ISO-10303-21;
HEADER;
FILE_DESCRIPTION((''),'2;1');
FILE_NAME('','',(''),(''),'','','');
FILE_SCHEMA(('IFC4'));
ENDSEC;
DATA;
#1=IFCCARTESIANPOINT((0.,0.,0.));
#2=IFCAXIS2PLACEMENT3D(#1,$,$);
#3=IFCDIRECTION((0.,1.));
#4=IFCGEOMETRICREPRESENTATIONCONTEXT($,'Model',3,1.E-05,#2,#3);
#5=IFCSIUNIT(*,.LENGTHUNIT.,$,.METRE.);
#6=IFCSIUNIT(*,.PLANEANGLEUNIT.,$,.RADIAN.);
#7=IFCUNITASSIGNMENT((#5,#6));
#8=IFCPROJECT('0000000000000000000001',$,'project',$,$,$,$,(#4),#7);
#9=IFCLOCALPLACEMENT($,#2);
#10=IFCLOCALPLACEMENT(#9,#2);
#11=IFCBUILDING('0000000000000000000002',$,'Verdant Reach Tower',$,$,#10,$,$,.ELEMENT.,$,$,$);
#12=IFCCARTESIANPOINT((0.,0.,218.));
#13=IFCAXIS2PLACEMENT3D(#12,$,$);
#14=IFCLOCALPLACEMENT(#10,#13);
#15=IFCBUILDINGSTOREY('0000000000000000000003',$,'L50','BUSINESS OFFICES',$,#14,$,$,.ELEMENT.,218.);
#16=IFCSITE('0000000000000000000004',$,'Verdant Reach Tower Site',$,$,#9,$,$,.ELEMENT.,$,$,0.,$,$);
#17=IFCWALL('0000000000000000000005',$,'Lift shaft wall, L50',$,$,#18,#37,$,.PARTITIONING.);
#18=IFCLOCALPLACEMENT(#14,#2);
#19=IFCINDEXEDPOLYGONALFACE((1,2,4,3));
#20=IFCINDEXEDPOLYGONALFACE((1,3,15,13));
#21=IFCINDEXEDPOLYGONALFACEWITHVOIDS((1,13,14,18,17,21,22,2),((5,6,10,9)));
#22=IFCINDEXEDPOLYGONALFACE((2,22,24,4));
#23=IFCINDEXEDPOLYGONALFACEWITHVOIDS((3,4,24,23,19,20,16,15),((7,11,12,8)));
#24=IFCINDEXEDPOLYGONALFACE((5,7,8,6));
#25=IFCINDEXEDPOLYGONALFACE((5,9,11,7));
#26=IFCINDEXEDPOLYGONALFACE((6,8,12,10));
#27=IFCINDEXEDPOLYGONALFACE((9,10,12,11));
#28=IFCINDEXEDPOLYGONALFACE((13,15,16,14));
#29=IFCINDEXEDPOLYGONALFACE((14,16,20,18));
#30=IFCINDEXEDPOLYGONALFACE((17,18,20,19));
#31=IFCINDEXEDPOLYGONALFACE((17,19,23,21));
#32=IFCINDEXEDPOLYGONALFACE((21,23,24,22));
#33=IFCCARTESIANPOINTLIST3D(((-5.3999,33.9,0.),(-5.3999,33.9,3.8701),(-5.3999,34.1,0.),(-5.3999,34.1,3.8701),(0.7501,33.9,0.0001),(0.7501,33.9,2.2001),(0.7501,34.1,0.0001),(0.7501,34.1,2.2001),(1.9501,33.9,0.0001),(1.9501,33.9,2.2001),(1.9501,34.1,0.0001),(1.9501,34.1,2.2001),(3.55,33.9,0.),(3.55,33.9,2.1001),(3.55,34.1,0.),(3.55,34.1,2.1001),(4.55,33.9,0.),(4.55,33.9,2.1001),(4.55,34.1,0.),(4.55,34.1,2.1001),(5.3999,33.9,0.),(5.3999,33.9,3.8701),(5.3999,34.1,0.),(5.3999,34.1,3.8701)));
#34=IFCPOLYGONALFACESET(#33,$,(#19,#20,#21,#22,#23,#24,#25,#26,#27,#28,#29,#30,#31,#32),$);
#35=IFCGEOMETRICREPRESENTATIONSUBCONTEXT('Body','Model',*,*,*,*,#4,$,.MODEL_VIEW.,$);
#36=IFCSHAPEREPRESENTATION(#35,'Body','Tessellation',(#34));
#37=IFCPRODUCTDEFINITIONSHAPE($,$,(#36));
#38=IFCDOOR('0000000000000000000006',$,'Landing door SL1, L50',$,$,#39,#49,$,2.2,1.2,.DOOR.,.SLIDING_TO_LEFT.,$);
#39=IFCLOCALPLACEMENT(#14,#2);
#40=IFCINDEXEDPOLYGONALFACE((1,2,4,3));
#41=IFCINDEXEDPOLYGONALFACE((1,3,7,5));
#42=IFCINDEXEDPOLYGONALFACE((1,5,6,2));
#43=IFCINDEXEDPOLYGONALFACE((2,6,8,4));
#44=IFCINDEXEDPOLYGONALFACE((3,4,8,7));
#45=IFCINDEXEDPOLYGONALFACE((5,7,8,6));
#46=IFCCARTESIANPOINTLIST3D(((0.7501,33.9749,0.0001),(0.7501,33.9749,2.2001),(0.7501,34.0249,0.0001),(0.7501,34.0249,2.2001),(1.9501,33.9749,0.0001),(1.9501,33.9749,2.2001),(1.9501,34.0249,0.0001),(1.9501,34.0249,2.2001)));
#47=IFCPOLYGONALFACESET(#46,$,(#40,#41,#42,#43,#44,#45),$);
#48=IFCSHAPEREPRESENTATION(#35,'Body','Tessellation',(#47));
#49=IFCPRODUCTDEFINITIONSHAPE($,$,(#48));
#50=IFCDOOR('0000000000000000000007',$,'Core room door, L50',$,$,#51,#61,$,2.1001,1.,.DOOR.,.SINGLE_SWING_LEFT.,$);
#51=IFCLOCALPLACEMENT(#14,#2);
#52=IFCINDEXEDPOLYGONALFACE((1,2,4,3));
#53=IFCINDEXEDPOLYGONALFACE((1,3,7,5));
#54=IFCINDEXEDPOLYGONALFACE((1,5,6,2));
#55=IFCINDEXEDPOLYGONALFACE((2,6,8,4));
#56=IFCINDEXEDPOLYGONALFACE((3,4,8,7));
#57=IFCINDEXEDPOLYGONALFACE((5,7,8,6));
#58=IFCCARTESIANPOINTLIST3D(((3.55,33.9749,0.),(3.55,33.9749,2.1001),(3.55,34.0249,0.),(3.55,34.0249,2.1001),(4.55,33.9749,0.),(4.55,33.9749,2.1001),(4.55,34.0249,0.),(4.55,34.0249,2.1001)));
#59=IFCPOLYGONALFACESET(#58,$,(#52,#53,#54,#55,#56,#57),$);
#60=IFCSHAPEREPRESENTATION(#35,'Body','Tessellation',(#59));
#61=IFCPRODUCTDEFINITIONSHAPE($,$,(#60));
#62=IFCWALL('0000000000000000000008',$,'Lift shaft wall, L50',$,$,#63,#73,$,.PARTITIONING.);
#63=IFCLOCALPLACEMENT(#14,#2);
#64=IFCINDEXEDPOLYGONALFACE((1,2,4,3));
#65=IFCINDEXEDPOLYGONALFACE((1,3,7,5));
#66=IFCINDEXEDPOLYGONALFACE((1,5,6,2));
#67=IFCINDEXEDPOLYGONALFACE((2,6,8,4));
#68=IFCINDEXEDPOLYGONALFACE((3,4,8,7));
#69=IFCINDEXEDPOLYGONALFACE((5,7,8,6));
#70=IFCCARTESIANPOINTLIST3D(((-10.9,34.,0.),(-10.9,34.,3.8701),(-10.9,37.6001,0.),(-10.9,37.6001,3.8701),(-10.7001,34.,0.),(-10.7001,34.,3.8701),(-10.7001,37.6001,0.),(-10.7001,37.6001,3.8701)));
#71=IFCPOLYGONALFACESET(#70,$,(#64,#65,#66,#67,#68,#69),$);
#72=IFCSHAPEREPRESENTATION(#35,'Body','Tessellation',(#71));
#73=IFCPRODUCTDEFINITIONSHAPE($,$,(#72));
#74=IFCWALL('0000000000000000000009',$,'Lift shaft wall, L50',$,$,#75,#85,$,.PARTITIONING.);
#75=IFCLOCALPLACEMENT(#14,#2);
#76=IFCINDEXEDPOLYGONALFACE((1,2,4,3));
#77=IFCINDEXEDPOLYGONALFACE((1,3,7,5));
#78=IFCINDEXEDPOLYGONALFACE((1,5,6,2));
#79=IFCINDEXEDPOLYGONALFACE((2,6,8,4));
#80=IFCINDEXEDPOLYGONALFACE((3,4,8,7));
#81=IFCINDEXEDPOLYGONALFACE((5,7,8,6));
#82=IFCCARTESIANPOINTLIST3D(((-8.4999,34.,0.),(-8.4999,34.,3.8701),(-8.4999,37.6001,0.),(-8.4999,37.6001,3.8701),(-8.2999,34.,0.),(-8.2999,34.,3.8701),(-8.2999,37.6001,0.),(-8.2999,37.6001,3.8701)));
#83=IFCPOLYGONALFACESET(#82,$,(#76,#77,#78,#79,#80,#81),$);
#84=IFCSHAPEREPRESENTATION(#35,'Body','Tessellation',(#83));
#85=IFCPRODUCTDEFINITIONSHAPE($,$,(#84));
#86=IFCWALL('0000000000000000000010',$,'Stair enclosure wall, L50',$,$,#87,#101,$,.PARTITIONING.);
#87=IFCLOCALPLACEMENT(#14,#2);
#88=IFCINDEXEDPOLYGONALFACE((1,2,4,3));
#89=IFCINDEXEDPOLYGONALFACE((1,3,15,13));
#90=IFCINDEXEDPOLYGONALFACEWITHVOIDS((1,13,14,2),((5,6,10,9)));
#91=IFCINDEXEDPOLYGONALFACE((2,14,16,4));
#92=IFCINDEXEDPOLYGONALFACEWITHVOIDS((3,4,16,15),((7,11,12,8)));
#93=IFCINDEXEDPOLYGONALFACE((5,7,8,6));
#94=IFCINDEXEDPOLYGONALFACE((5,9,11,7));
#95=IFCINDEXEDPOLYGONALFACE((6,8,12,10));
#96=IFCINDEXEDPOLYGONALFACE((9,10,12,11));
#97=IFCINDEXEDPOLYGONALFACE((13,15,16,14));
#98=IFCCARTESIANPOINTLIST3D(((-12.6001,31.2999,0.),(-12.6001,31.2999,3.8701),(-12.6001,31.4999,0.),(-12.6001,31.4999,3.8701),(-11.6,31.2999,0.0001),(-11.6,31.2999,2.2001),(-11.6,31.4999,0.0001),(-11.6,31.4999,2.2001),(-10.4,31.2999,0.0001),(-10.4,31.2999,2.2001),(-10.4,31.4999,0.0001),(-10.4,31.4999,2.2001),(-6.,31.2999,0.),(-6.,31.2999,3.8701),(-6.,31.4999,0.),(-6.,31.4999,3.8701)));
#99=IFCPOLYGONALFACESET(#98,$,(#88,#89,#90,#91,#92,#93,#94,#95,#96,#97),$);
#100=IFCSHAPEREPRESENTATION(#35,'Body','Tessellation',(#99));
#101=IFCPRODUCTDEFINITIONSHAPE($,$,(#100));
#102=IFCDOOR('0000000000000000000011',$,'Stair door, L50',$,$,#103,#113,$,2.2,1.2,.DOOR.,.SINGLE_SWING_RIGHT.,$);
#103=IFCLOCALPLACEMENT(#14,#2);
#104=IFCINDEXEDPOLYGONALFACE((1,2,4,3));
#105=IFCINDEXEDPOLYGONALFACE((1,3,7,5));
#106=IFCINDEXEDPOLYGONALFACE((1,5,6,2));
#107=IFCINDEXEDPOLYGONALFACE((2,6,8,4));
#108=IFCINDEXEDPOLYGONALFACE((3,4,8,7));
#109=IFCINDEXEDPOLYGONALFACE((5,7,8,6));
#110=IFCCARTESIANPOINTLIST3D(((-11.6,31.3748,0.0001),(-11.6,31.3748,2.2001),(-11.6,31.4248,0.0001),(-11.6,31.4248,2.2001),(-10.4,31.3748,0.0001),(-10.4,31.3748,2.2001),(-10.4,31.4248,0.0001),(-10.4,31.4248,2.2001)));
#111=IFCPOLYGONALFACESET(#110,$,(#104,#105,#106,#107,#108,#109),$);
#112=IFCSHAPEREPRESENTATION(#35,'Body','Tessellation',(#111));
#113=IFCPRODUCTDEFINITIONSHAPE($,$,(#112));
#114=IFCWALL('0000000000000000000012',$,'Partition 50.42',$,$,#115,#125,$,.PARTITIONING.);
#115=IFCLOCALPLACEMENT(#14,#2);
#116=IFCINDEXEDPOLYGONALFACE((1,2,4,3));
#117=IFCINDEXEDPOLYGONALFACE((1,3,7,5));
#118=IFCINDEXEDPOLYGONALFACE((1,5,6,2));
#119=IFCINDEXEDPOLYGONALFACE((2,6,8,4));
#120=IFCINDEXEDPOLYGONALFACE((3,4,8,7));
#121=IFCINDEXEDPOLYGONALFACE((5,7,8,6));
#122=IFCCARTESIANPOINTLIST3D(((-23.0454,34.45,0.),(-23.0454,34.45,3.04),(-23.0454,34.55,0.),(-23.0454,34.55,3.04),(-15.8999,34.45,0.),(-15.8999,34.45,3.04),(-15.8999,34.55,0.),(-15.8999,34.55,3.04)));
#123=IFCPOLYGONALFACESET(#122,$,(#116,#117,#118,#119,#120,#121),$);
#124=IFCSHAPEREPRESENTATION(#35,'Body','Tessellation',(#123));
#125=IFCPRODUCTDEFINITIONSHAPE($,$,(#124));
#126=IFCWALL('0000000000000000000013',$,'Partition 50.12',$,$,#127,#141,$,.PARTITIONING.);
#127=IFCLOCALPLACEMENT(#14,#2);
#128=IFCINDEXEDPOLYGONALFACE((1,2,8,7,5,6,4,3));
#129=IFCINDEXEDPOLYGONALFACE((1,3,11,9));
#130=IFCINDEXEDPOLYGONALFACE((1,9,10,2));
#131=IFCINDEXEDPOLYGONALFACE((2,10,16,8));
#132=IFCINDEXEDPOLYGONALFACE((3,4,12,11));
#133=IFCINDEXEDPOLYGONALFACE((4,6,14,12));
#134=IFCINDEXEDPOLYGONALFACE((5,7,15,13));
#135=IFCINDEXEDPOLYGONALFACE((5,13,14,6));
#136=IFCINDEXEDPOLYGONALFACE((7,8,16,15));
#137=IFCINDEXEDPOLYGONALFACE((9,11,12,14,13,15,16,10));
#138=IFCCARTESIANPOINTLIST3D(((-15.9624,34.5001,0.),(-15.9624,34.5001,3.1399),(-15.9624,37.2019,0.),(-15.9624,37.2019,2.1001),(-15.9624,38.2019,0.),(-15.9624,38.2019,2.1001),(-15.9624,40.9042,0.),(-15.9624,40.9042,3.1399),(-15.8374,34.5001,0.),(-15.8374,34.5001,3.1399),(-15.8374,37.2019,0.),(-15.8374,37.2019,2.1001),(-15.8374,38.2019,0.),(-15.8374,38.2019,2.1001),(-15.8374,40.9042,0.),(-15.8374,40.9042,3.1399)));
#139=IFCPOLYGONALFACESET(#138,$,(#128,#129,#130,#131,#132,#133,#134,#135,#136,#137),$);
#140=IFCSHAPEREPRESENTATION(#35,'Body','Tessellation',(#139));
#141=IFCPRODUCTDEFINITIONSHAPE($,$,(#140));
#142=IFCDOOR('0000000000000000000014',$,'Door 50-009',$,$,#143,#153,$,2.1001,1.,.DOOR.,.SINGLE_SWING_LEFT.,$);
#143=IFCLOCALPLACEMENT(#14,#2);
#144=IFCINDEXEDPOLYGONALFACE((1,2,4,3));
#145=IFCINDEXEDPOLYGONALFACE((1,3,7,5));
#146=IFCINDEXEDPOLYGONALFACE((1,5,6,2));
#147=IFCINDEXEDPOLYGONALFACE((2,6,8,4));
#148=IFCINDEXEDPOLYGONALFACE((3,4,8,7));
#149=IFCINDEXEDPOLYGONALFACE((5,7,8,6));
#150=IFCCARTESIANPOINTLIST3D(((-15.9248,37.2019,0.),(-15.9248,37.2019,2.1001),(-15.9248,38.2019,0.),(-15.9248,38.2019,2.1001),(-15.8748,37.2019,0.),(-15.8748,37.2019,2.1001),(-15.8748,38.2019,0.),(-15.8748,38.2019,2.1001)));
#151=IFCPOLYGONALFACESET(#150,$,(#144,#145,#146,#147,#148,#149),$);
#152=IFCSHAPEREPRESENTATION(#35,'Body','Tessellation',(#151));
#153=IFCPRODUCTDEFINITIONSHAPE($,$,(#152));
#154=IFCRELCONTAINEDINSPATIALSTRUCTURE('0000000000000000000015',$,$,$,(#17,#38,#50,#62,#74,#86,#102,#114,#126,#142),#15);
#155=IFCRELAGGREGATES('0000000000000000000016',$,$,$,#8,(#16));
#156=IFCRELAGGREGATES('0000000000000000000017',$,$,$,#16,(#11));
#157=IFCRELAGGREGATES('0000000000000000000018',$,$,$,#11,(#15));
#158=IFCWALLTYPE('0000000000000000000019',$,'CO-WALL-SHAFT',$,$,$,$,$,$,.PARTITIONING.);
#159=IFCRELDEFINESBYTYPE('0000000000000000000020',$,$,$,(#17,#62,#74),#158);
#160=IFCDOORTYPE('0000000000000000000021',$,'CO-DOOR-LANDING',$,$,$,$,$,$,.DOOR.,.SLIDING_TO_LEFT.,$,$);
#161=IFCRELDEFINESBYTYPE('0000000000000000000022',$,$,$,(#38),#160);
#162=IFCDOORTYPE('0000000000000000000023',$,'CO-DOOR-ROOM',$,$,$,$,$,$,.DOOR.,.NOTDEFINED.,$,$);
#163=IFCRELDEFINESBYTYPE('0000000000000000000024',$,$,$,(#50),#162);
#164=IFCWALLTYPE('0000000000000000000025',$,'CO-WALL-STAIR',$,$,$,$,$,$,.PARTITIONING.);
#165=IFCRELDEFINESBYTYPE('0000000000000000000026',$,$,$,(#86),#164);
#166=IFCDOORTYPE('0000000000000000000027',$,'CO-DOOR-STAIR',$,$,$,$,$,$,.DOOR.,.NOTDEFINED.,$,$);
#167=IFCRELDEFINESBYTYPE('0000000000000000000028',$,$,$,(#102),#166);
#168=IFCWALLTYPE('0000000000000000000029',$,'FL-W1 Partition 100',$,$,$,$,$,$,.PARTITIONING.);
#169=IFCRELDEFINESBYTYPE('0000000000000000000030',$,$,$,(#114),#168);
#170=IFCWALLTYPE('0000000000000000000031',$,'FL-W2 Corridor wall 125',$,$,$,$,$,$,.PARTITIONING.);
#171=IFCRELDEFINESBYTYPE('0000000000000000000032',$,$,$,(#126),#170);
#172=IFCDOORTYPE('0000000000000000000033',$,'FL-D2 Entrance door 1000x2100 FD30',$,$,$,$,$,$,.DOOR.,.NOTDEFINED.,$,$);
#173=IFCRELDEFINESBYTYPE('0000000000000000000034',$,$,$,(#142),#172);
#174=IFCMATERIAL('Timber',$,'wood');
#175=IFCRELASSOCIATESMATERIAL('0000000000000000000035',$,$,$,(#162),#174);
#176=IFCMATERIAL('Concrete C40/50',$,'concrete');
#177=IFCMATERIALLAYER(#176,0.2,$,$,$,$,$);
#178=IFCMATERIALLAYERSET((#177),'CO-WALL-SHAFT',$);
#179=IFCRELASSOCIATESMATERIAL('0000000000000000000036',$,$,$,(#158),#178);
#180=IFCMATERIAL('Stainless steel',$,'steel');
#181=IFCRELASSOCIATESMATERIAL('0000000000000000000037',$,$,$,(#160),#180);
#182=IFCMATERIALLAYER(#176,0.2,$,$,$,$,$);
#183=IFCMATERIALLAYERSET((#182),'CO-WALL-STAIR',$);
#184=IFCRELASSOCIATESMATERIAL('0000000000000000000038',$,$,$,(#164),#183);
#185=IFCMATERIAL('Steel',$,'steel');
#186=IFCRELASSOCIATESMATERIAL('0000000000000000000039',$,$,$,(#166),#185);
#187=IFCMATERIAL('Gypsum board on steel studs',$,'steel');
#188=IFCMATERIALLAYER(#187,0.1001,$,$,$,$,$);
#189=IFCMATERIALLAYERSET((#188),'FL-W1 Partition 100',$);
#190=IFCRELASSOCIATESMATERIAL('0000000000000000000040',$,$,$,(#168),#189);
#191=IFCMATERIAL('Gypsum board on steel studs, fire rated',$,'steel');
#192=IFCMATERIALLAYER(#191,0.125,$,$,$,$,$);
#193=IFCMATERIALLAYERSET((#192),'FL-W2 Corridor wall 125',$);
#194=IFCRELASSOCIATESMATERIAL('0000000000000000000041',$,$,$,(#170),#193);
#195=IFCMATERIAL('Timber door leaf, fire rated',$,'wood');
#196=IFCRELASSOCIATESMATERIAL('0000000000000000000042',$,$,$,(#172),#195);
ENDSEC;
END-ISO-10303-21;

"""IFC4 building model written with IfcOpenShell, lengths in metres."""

from ifc_helpers import new_model, si_unit, direction, frame, frame_2d, origin, place, context, subcontext, project, spatial, rectangle, extrude, material, layer, layer_set, type_object, element, fill, save


model = new_model("IFC4")

# Units and contexts
model_context = context("Model", 3, precision=1e-05, world=origin(), true_north=direction((0.0, 1.0)))
body_context = subcontext(model_context, "Body", "Model", "MODEL_VIEW")
ifc_project = project(units=[si_unit("LENGTHUNIT", "METRE"), si_unit("PLANEANGLEUNIT", "RADIAN")], contexts=[model_context])

# Site, building, storey
site_placement = place(None, origin())
site = spatial("IfcSite", under=ifc_project, at=site_placement, Name="Verdant Reach Tower Site", CompositionType="ELEMENT", RefElevation=0.0)
building_placement = place(site_placement, origin())
building = spatial("IfcBuilding", under=site, at=building_placement, Name="Verdant Reach Tower", CompositionType="ELEMENT")
storey_placement = place(building_placement, frame((0.0, 0.0, 218.0)))
storey = spatial("IfcBuildingStorey", under=building, at=storey_placement, Name="L50", Description="BUSINESS OFFICES", CompositionType="ELEMENT", Elevation=218.0)

# Wall, openings, doors
ifc_material_1 = material(Name="Gypsum board on steel studs", Category="steel")
ifc_material_2 = material(Name="Timber", Category="wood")
door_type_1 = type_object("IfcDoorType", Name="CO-DOOR-ROOM", OperationType="NOTDEFINED", PredefinedType="DOOR", material=ifc_material_2)
ifc_material_3 = material(Name="Concrete C40/50", Category="concrete")
ifc_layer_1 = layer(ifc_material_3, 0.2)
ifc_layer_set_1 = layer_set([ifc_layer_1], Name="CO-WALL-SHAFT")
wall_type_1 = type_object("IfcWallType", Name="CO-WALL-SHAFT", PredefinedType="PARTITIONING", material=ifc_layer_set_1)
ifc_material_4 = material(Name="Stainless steel", Category="steel")
ifc_material_5 = material(Name="Steel", Category="steel")
wall_1_placement = place(storey_placement, frame((-5.3999, 34.0, 0.0), z_axis=(0.0, 0.0, 1.0), x_axis=(1.0, 0.0, 0.0)))
wall_1 = element("IfcWall", 1, at=wall_1_placement, inside=storey, type_object=wall_type_1, Name="Lift shaft wall, L50", PredefinedType="PARTITIONING", context=body_context, shape_type="SweptSolid", body=[
    extrude(rectangle(XDim=10.7998, YDim=0.2, at=frame_2d((5.3999, 0.0))), origin(), (0.0, 0.0, 1.0), 3.8701),
])
opening_1_placement = place(wall_1_placement, frame((6.1499, 0.0, 0.0)))
opening_1 = element("IfcOpeningElement", 2, at=opening_1_placement, cuts=wall_1, PredefinedType="OPENING", context=body_context, shape_type="SweptSolid", body=[
    extrude(rectangle(XDim=1.2, YDim=2.2, at=frame_2d((0.6001, 1.1001))), frame((0.0, 0.1099, 0.0), z_axis=(0.0, -1.0, 0.0), x_axis=(1.0, 0.0, 0.0)), (0.0, 0.0, 1.0), 0.22),
])
opening_2_placement = place(wall_1_placement, frame((8.95, 0.0, 0.0)))
opening_2 = element("IfcOpeningElement", 3, at=opening_2_placement, cuts=wall_1, PredefinedType="OPENING", context=body_context, shape_type="SweptSolid", body=[
    extrude(rectangle(XDim=1.0, YDim=2.1001, at=frame_2d((0.5, 1.05))), frame((0.0, 0.1099, 0.0), z_axis=(0.0, -1.0, 0.0), x_axis=(1.0, 0.0, 0.0)), (0.0, 0.0, 1.0), 0.22),
])
door_type_2 = type_object("IfcDoorType", Name="CO-DOOR-LANDING", OperationType="SLIDING_TO_LEFT", PredefinedType="DOOR", material=ifc_material_4)
door_1_placement = place(opening_1_placement, origin())
door_1 = element("IfcDoor", 4, at=door_1_placement, inside=storey, type_object=door_type_2, Name="Landing door SL1, L50", OperationType="SLIDING_TO_LEFT", OverallHeight=2.2, OverallWidth=1.2, PredefinedType="DOOR", context=body_context, shape_type="SweptSolid", body=[
    extrude(rectangle(XDim=1.2, YDim=2.2, at=frame_2d((0.6001, 1.1001))), frame((0.0, 0.0249, 0.0), z_axis=(0.0, -1.0, 0.0), x_axis=(1.0, 0.0, 0.0)), (0.0, 0.0, 1.0), 0.05),
])
fill(opening_1, door_1)
door_2_placement = place(opening_2_placement, origin())
door_2 = element("IfcDoor", 5, at=door_2_placement, inside=storey, type_object=door_type_1, Name="Core room door, L50", OperationType="SINGLE_SWING_LEFT", OverallHeight=2.1001, OverallWidth=1.0, PredefinedType="DOOR", context=body_context, shape_type="SweptSolid", body=[
    extrude(rectangle(XDim=1.0, YDim=2.1001, at=frame_2d((0.5, 1.05))), frame((0.0, 0.0249, 0.0), z_axis=(0.0, -1.0, 0.0), x_axis=(1.0, 0.0, 0.0)), (0.0, 0.0, 1.0), 0.05),
])
fill(opening_2, door_2)

# Walls
for number, where, z_axis, x_axis, name in (
    (6, (-10.8, 34.0, 0.0), (0.0, 0.0, 1.0), (0.0, 1.0, 0.0), "Lift shaft wall, L50"),
    (7, (-8.3999, 34.0, 0.0), (0.0, 0.0, 1.0), (0.0, 1.0, 0.0), "Lift shaft wall, L50"),
):
    element("IfcWall", number, at=place(storey_placement, frame(where, z_axis=z_axis, x_axis=x_axis)), inside=storey, type_object=wall_type_1, Name=name, PredefinedType="PARTITIONING", context=body_context, shape_type="SweptSolid", body=[
        extrude(rectangle(XDim=3.6001, YDim=0.2, at=frame_2d((1.8, 0.0))), origin(), (0.0, 0.0, 1.0), 3.8701),
    ])

# Wall, opening, door
ifc_layer_2 = layer(ifc_material_3, 0.2)
ifc_layer_set_2 = layer_set([ifc_layer_2], Name="CO-WALL-STAIR")
wall_type_2 = type_object("IfcWallType", Name="CO-WALL-STAIR", PredefinedType="PARTITIONING", material=ifc_layer_set_2)
wall_2_placement = place(storey_placement, frame((-12.6001, 31.3999, 0.0), z_axis=(0.0, 0.0, 1.0), x_axis=(1.0, 0.0, 0.0)))
wall_2 = element("IfcWall", 8, at=wall_2_placement, inside=storey, type_object=wall_type_2, Name="Stair enclosure wall, L50", PredefinedType="PARTITIONING", context=body_context, shape_type="SweptSolid", body=[
    extrude(rectangle(XDim=6.6001, YDim=0.2, at=frame_2d((3.3, 0.0))), origin(), (0.0, 0.0, 1.0), 3.8701),
])
opening_3_placement = place(wall_2_placement, frame((1.0, 0.0, 0.0)))
opening_3 = element("IfcOpeningElement", 9, at=opening_3_placement, cuts=wall_2, PredefinedType="OPENING", context=body_context, shape_type="SweptSolid", body=[
    extrude(rectangle(XDim=1.2, YDim=2.2, at=frame_2d((0.6001, 1.1001))), frame((0.0, 0.1099, 0.0), z_axis=(0.0, -1.0, 0.0), x_axis=(1.0, 0.0, 0.0)), (0.0, 0.0, 1.0), 0.22),
])
door_type_3 = type_object("IfcDoorType", Name="CO-DOOR-STAIR", OperationType="NOTDEFINED", PredefinedType="DOOR", material=ifc_material_5)
door_3_placement = place(opening_3_placement, origin())
door_3 = element("IfcDoor", 10, at=door_3_placement, inside=storey, type_object=door_type_3, Name="Stair door, L50", OperationType="SINGLE_SWING_RIGHT", OverallHeight=2.2, OverallWidth=1.2, PredefinedType="DOOR", context=body_context, shape_type="SweptSolid", body=[
    extrude(rectangle(XDim=1.2, YDim=2.2, at=frame_2d((0.6001, 1.1001))), frame((0.0, 0.0249, 0.0), z_axis=(0.0, -1.0, 0.0), x_axis=(1.0, 0.0, 0.0)), (0.0, 0.0, 1.0), 0.05),
])
fill(opening_3, door_3)

# Wall
ifc_layer_3 = layer(ifc_material_1, 0.1001)
ifc_layer_set_3 = layer_set([ifc_layer_3], Name="FL-W1 Partition 100")
wall_type_3 = type_object("IfcWallType", Name="FL-W1 Partition 100", PredefinedType="PARTITIONING", material=ifc_layer_set_3)
wall_3_placement = place(storey_placement, frame((-15.8999, 34.5, 0.0), z_axis=(0.0, 0.0, 1.0), x_axis=(-1.0, 0.0, 0.0)))
element("IfcWall", 11, at=wall_3_placement, inside=storey, type_object=wall_type_3, Name="Partition 50.42", PredefinedType="PARTITIONING", context=body_context, shape_type="SweptSolid", body=[
    extrude(rectangle(XDim=7.1455, YDim=0.1001, at=frame_2d((3.5728, 0.0))), origin(), (0.0, 0.0, 1.0), 3.04),
])

# Wall, opening, door
ifc_material_6 = material(Name="Gypsum board on steel studs, fire rated", Category="steel")
ifc_layer_4 = layer(ifc_material_6, 0.125)
ifc_layer_set_4 = layer_set([ifc_layer_4], Name="FL-W2 Corridor wall 125")
wall_type_4 = type_object("IfcWallType", Name="FL-W2 Corridor wall 125", PredefinedType="PARTITIONING", material=ifc_layer_set_4)
wall_4_placement = place(storey_placement, frame((-15.8999, 34.5, 0.0), z_axis=(0.0, 0.0, 1.0), x_axis=(0.0, 1.0, 0.0)))
wall_4 = element("IfcWall", 12, at=wall_4_placement, inside=storey, type_object=wall_type_4, Name="Partition 50.12", PredefinedType="PARTITIONING", context=body_context, shape_type="SweptSolid", body=[
    extrude(rectangle(XDim=6.4041, YDim=0.125, at=frame_2d((3.2021, 0.0))), origin(), (0.0, 0.0, 1.0), 3.1399),
])
opening_4_placement = place(wall_4_placement, frame((2.7019, 0.0, 0.0)))
opening_4 = element("IfcOpeningElement", 13, at=opening_4_placement, cuts=wall_4, PredefinedType="OPENING", context=body_context, shape_type="SweptSolid", body=[
    extrude(rectangle(XDim=1.0, YDim=2.1001, at=frame_2d((0.5, 1.05))), frame((0.0, 0.0725, 0.0), z_axis=(0.0, -1.0, 0.0), x_axis=(1.0, 0.0, 0.0)), (0.0, 0.0, 1.0), 0.145),
])
ifc_material_7 = material(Name="Timber door leaf, fire rated", Category="wood")
door_type_4 = type_object("IfcDoorType", Name="FL-D2 Entrance door 1000x2100 FD30", OperationType="NOTDEFINED", PredefinedType="DOOR", material=ifc_material_7)
door_4_placement = place(opening_4_placement, origin())
door_4 = element("IfcDoor", 14, at=door_4_placement, inside=storey, type_object=door_type_4, Name="Door 50-009", OperationType="SINGLE_SWING_LEFT", OverallHeight=2.1001, OverallWidth=1.0, PredefinedType="DOOR", context=body_context, shape_type="SweptSolid", body=[
    extrude(rectangle(XDim=1.0, YDim=2.1001, at=frame_2d((0.5, 1.05))), frame((0.0, 0.0249, 0.0), z_axis=(0.0, -1.0, 0.0), x_axis=(1.0, 0.0, 0.0)), (0.0, 0.0, 1.0), 0.05),
])
fill(opening_4, door_4)

save(model, "model.ifc")
